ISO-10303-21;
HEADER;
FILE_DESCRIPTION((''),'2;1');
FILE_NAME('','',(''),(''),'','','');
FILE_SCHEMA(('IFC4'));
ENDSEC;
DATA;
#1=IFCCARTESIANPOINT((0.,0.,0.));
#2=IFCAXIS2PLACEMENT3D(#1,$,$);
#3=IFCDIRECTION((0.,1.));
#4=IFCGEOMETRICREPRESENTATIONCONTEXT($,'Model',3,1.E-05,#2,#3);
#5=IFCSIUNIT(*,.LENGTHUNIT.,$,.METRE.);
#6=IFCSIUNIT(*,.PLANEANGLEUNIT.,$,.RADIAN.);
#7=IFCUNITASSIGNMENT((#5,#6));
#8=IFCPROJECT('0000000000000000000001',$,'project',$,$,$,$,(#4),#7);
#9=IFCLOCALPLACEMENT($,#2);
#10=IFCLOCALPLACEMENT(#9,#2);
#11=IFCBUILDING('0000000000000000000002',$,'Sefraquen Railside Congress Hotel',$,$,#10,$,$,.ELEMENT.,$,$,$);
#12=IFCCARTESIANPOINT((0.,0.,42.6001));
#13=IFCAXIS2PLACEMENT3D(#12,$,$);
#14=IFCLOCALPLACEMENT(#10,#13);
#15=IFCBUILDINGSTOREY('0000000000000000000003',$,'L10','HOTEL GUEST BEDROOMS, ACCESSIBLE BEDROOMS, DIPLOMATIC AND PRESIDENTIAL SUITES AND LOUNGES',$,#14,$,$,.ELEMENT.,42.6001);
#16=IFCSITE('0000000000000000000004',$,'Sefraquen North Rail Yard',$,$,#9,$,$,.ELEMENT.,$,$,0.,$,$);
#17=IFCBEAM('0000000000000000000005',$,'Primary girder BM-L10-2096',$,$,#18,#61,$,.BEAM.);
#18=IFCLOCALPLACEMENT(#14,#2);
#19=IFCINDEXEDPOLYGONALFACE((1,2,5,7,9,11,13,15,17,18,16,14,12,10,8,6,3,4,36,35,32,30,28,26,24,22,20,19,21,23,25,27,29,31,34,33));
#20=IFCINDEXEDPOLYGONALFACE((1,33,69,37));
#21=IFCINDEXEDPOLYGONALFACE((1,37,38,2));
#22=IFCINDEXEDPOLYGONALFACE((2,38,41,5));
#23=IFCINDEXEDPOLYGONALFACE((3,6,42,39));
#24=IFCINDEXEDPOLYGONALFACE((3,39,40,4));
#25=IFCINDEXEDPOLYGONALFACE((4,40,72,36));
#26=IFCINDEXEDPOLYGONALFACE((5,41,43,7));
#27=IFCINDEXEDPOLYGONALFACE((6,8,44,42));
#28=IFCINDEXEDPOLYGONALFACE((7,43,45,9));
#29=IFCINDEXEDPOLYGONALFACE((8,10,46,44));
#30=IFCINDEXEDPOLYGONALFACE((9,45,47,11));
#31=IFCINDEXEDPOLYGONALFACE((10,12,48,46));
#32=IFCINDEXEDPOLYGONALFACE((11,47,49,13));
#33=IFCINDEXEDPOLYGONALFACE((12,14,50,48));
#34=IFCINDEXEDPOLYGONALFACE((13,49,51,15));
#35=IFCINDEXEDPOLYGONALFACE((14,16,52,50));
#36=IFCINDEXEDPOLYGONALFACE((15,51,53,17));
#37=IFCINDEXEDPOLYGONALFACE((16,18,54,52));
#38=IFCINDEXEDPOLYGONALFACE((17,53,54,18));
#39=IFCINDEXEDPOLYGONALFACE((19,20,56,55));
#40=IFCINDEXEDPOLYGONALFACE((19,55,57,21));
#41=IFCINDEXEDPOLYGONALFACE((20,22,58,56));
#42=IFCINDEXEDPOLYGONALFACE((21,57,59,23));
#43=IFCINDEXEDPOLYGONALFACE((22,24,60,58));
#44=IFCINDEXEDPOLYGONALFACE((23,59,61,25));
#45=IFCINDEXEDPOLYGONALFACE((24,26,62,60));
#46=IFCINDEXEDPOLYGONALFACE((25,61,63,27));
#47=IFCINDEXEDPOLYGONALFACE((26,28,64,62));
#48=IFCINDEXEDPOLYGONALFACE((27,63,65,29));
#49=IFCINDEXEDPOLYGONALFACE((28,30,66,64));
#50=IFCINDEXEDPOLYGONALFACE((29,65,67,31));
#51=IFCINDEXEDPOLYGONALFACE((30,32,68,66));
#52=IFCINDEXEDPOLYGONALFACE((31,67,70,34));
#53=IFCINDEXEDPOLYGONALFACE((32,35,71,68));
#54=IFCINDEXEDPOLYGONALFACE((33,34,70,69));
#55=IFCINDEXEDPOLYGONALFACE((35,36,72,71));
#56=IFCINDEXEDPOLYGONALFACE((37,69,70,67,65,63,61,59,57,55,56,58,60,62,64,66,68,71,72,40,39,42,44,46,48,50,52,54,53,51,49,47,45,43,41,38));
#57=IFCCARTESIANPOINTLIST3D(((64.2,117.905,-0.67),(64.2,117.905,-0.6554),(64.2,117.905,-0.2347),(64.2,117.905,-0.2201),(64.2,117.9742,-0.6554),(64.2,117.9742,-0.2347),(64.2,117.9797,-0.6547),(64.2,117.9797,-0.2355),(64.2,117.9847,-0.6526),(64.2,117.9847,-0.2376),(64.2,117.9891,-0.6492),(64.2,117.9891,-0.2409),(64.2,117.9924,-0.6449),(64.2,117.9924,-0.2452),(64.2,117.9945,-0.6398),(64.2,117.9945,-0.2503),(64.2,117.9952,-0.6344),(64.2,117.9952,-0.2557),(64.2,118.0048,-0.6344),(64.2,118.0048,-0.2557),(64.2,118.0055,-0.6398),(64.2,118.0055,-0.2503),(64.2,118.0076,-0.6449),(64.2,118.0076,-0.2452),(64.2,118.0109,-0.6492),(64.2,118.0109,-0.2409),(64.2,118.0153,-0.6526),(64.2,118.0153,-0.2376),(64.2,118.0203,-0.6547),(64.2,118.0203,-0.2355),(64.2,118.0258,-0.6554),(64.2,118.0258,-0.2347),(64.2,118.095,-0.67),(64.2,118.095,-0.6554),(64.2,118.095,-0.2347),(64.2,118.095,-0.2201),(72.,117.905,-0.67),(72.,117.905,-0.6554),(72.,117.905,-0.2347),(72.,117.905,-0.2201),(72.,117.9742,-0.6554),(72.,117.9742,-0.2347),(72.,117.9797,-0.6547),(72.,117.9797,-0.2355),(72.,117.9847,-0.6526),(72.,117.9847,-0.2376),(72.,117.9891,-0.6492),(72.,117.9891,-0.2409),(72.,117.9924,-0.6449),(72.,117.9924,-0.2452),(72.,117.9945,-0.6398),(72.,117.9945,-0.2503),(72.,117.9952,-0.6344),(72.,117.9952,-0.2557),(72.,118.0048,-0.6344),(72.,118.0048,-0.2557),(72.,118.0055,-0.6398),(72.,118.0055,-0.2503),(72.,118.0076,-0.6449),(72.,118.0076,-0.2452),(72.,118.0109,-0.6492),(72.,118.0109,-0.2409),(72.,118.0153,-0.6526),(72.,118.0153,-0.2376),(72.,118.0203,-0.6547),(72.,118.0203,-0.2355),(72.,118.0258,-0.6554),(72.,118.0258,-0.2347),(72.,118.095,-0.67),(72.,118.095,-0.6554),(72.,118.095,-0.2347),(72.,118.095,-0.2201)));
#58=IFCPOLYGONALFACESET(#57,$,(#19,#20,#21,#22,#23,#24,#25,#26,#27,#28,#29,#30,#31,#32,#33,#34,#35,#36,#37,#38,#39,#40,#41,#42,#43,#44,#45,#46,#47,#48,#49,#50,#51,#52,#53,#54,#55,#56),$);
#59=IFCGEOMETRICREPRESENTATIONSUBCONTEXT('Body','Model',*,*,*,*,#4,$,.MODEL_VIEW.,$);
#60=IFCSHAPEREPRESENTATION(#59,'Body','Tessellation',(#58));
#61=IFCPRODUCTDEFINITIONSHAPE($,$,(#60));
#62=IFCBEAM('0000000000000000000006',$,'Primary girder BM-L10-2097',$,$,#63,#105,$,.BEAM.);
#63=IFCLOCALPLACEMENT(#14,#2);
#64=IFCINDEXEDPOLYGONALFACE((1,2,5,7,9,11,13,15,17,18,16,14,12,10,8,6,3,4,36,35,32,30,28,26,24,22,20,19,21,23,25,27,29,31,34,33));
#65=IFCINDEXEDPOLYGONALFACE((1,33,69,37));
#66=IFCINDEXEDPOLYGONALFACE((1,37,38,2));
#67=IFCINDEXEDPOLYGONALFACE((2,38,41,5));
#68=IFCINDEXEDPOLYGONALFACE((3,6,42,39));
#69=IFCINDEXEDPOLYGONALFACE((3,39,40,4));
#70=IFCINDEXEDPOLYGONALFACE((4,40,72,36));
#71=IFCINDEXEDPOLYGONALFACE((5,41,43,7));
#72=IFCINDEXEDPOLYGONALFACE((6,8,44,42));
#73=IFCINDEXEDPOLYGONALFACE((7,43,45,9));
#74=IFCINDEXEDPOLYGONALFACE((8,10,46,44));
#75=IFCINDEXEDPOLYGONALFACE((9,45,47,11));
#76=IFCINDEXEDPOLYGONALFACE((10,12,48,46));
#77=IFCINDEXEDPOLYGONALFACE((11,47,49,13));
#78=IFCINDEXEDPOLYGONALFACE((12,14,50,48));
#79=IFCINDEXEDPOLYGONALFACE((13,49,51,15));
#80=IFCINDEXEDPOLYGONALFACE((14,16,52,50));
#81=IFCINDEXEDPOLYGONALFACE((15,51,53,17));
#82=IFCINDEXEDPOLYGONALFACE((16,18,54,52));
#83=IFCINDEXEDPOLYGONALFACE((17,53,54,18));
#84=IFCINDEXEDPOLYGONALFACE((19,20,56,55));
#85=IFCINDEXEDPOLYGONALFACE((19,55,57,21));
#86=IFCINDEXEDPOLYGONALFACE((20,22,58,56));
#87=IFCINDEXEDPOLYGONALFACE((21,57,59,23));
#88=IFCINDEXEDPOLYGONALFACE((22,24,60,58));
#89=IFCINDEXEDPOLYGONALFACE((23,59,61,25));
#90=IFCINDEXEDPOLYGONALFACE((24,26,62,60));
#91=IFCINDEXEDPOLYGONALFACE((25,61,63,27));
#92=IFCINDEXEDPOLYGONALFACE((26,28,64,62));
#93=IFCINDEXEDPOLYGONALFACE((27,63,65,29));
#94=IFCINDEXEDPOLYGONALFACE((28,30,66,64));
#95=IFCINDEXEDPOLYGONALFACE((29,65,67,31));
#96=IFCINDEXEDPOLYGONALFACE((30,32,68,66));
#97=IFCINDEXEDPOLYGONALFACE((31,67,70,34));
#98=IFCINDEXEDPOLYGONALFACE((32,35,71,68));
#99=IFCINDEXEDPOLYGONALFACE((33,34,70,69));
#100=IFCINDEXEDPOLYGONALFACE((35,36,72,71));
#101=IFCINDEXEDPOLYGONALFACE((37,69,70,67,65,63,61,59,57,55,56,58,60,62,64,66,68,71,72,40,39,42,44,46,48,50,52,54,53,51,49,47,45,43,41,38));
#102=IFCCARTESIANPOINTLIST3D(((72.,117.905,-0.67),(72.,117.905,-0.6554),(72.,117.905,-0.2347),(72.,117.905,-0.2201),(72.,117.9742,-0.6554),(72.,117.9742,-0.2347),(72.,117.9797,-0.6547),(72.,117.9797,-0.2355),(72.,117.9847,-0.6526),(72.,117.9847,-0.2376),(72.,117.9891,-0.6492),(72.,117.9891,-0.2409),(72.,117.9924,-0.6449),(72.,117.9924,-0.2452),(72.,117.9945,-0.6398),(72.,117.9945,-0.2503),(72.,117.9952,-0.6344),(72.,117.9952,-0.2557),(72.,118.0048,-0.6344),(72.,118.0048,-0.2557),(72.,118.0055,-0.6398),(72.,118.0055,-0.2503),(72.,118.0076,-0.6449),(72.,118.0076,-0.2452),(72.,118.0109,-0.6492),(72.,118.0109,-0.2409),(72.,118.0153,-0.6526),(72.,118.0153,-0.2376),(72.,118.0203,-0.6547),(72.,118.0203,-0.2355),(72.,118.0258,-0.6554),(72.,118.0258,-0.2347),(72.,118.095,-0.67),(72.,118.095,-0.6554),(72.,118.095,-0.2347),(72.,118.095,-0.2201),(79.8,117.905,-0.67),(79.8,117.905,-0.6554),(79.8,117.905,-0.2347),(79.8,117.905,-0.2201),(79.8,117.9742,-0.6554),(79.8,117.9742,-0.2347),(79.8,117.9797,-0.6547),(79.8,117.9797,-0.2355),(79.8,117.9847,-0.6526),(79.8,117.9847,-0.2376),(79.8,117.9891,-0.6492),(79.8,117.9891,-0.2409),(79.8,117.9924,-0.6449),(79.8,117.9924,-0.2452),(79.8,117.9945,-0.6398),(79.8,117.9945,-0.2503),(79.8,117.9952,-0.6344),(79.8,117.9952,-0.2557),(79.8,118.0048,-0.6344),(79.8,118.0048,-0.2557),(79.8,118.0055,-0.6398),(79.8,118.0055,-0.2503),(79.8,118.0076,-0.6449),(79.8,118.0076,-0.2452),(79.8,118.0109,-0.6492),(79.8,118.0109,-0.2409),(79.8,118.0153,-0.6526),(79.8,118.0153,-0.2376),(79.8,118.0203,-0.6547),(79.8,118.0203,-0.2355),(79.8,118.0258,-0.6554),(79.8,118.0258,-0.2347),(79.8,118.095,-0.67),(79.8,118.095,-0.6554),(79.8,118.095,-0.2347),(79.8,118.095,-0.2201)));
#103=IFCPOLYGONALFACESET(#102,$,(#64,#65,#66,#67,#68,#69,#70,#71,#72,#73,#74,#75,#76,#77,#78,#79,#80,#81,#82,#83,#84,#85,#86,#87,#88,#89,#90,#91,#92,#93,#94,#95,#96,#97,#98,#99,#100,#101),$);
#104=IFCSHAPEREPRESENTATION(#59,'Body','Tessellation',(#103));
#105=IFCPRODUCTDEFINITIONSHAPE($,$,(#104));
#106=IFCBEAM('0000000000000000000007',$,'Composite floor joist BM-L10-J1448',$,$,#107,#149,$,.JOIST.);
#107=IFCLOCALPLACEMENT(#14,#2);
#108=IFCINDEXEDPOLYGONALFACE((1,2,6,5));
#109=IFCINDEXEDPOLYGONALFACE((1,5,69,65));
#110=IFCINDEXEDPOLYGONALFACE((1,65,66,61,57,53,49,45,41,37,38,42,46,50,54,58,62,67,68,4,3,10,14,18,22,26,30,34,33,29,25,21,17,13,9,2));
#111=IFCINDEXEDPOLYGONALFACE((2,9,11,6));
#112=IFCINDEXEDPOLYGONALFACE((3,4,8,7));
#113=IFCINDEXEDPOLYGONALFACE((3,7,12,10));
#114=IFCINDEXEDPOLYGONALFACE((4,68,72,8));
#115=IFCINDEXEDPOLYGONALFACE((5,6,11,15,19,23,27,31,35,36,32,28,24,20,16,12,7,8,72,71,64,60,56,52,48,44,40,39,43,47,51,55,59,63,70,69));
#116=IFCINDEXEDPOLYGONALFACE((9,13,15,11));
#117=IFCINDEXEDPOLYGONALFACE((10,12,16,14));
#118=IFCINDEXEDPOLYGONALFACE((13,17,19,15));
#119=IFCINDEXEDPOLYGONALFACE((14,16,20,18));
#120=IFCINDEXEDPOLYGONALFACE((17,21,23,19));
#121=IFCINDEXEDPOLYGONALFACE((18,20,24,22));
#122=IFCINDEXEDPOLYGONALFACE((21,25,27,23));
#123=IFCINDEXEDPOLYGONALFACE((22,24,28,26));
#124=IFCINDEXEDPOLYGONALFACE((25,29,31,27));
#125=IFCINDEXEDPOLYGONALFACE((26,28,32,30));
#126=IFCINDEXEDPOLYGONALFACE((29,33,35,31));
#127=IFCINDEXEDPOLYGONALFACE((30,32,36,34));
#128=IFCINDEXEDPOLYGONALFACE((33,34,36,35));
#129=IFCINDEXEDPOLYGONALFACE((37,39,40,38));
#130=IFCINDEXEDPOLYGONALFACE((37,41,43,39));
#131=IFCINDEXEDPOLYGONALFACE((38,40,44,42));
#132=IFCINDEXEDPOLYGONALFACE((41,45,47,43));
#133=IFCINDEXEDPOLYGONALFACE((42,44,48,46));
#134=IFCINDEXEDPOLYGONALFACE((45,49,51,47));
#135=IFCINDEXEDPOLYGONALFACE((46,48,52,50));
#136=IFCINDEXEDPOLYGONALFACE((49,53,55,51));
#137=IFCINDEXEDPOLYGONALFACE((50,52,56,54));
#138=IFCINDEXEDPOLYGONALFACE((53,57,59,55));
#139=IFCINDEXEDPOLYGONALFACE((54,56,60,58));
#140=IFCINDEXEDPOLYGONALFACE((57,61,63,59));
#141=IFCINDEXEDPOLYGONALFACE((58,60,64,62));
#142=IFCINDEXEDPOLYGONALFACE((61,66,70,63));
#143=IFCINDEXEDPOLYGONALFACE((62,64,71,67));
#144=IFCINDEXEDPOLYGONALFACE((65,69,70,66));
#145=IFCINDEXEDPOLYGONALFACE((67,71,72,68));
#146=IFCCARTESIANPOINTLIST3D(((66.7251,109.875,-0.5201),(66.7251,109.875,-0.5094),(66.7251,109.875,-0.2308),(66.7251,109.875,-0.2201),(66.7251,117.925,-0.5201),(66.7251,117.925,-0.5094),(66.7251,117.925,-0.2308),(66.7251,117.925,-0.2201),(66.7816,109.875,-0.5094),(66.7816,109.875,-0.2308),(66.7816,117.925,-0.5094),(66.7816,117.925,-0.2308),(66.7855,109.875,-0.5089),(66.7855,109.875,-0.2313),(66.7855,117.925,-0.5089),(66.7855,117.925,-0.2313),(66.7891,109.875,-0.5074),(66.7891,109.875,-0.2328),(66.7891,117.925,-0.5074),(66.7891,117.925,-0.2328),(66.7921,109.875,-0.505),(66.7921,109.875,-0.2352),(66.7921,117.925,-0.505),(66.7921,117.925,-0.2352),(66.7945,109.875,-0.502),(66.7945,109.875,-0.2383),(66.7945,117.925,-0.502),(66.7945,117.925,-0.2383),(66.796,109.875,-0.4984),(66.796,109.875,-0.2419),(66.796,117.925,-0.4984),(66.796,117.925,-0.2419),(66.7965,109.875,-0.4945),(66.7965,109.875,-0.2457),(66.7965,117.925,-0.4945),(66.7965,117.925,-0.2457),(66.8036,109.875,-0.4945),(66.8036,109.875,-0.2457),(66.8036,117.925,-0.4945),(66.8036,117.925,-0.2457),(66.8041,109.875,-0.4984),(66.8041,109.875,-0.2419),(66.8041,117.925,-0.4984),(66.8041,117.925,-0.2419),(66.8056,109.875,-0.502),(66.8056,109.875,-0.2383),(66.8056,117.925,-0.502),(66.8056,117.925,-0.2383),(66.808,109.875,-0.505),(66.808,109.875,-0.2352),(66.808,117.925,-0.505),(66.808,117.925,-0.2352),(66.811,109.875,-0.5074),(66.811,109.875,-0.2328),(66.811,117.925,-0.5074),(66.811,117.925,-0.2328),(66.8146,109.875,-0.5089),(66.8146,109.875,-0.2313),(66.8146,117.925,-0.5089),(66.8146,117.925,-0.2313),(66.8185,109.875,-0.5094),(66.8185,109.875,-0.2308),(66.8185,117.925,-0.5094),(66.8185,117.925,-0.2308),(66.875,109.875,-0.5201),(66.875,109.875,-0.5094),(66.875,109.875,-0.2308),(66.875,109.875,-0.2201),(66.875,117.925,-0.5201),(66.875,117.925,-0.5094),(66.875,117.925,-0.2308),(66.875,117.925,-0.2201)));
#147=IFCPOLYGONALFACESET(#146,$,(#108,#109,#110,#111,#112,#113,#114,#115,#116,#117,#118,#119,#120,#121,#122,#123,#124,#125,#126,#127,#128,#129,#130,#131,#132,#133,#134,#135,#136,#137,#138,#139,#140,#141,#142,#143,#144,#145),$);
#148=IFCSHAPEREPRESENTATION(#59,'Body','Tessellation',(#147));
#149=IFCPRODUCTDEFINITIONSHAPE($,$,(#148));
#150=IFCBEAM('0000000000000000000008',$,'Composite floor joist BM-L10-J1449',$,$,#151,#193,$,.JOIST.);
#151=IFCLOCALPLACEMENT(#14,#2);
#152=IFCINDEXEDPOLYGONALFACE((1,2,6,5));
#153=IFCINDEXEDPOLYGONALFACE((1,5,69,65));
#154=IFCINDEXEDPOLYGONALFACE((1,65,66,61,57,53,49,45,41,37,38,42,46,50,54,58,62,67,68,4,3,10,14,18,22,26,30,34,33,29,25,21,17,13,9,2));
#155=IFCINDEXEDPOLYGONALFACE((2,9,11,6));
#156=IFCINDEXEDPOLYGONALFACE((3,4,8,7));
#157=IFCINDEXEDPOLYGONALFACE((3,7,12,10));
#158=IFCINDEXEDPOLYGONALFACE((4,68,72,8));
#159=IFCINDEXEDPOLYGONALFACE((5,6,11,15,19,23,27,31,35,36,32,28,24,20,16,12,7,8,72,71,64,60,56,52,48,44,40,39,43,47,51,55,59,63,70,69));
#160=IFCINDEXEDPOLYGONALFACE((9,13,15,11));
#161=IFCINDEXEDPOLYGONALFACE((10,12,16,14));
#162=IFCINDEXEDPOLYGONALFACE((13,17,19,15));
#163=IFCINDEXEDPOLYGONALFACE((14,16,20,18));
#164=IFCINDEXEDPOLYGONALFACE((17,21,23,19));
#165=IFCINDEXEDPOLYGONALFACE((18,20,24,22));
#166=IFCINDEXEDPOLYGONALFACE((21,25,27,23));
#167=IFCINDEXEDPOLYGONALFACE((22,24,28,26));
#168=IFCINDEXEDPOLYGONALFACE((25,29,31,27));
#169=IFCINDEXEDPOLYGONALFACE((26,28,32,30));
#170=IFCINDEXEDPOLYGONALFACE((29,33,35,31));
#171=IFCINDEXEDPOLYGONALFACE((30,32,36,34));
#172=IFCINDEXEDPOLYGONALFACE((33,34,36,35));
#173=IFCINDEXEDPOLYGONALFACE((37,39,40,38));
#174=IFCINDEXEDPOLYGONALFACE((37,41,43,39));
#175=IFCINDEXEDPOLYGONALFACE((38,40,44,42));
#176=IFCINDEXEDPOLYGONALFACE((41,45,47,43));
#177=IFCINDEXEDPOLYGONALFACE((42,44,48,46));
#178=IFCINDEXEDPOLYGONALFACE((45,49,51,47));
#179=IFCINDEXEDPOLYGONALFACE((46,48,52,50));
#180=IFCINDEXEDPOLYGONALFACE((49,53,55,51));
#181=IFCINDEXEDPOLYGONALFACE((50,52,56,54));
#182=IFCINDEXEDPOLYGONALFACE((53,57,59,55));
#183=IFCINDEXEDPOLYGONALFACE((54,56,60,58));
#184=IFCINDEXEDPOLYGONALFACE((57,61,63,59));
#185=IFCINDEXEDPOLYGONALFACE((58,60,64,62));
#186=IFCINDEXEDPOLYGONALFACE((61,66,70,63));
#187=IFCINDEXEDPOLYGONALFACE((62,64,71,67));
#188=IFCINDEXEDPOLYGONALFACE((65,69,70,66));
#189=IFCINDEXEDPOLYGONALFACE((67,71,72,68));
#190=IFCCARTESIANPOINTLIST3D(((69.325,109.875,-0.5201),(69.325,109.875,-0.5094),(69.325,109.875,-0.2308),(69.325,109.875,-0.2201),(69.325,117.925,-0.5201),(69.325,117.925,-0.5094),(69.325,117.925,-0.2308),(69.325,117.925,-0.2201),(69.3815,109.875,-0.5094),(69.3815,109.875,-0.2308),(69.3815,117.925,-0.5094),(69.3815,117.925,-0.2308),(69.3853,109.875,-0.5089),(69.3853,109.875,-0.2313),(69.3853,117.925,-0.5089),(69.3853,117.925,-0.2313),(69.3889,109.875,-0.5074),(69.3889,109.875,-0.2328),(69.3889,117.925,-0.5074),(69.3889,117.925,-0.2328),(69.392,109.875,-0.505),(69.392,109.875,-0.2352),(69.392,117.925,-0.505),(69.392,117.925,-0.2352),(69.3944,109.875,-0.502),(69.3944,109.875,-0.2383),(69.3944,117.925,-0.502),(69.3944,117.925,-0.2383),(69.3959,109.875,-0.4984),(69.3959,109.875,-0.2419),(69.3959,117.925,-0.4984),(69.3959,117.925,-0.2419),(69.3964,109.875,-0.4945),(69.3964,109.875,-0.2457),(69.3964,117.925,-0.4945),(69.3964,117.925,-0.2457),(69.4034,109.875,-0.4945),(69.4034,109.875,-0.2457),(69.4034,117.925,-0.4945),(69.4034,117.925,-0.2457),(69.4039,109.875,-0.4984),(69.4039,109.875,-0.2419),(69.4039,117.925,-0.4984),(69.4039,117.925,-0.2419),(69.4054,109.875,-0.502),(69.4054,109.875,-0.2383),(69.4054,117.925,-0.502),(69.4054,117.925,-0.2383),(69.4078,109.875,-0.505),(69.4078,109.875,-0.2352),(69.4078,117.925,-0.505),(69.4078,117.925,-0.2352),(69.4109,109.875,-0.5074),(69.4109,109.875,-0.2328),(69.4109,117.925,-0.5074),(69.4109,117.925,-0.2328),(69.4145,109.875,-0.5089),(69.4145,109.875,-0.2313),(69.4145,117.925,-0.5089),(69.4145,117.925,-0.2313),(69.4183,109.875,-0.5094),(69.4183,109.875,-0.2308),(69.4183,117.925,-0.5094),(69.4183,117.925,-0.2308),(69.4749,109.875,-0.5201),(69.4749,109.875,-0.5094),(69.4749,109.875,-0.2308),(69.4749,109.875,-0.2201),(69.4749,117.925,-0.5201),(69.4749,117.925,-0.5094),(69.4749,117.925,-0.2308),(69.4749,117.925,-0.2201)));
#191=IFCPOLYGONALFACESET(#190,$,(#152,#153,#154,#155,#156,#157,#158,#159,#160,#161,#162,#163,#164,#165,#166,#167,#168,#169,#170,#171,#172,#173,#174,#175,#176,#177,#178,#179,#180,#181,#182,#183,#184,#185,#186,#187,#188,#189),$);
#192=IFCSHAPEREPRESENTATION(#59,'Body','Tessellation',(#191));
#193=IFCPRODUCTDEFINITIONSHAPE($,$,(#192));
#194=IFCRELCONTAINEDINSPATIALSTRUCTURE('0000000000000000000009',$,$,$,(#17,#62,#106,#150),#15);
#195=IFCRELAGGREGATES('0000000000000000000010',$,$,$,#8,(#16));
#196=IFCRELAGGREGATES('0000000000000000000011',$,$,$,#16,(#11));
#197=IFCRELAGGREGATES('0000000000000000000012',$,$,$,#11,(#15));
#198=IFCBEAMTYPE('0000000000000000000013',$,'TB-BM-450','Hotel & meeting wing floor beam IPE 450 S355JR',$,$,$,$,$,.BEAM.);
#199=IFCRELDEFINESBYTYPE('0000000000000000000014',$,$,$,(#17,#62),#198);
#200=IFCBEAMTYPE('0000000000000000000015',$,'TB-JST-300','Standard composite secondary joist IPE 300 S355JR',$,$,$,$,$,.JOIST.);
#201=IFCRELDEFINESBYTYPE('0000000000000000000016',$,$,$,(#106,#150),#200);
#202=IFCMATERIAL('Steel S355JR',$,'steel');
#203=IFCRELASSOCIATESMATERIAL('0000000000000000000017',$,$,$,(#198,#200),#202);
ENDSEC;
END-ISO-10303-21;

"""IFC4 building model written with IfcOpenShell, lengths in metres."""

from ifc_helpers import new_model, si_unit, direction, frame, origin, origin_2d, place, context, subcontext, project, spatial, i_section, extrude, material, material_profile, profile_set, type_object, element, save


model = new_model("IFC4")

# Units and contexts
model_context = context("Model", 3, precision=1e-05, world=origin(), true_north=direction((0.0, 1.0)))
body_context = subcontext(model_context, "Body", "Model", "MODEL_VIEW")
ifc_project = project(units=[si_unit("LENGTHUNIT", "METRE"), si_unit("PLANEANGLEUNIT", "RADIAN")], contexts=[model_context])

# Site, building, storey
site_placement = place(None, origin())
site = spatial("IfcSite", under=ifc_project, at=site_placement, Name="Sefraquen North Rail Yard", CompositionType="ELEMENT", RefElevation=0.0)
building_placement = place(site_placement, origin())
building = spatial("IfcBuilding", under=site, at=building_placement, Name="Sefraquen Railside Congress Hotel", CompositionType="ELEMENT")
storey_placement = place(building_placement, frame((0.0, 0.0, 42.6001)))
storey = spatial("IfcBuildingStorey", under=building, at=storey_placement, Name="L10", Description="HOTEL GUEST BEDROOMS, ACCESSIBLE BEDROOMS, DIPLOMATIC AND PRESIDENTIAL SUITES AND LOUNGES", CompositionType="ELEMENT", Elevation=42.6001)

# Shared definitions
ifc_material_1 = material(Name="Steel S355JR", Category="steel")

# Beams
ifc_material_profile_1 = material_profile(ifc_material_1, i_section(OverallWidth=0.1899, OverallDepth=0.45, WebThickness=0.0095, FlangeThickness=0.0146, FilletRadius=0.021, at=origin_2d()), Name="IPE 450")
ifc_profile_set_1 = profile_set([ifc_material_profile_1], Name="Steel S355JR")
beam_type_1 = type_object("IfcBeamType", Name="TB-BM-450", Description="Hotel & meeting wing floor beam IPE 450 S355JR", PredefinedType="BEAM", material=ifc_profile_set_1)
for number, where, z_axis, x_axis, name in (
    (1, (64.2, 118.0, -0.4451), (1.0, 0.0, 0.0), (0.0, 1.0, 0.0), "Primary girder BM-L10-2096"),
    (2, (72.0, 118.0, -0.4451), (1.0, 0.0, 0.0), (0.0, 1.0, 0.0), "Primary girder BM-L10-2097"),
):
    element("IfcBeam", number, at=place(storey_placement, frame(where, z_axis=z_axis, x_axis=x_axis)), inside=storey, type_object=beam_type_1, Name=name, PredefinedType="BEAM", context=body_context, shape_type="SweptSolid", body=[
        extrude(i_section(OverallWidth=0.1899, OverallDepth=0.45, WebThickness=0.0095, FlangeThickness=0.0146, FilletRadius=0.021, at=origin_2d()), origin(), (0.0, 0.0, 1.0), 7.8),
    ])
ifc_material_profile_2 = material_profile(ifc_material_1, i_section(OverallWidth=0.1499, OverallDepth=0.3, WebThickness=0.0071, FlangeThickness=0.0107, FilletRadius=0.0149, at=origin_2d()), Name="IPE 300")
ifc_profile_set_2 = profile_set([ifc_material_profile_2], Name="Steel S355JR")
beam_type_2 = type_object("IfcBeamType", Name="TB-JST-300", Description="Standard composite secondary joist IPE 300 S355JR", PredefinedType="JOIST", material=ifc_profile_set_2)
for number, where, z_axis, x_axis, name in (
    (3, (66.8, 109.875, -0.3701), (0.0, 1.0, 0.0), (-1.0, 0.0, 0.0), "Composite floor joist BM-L10-J1448"),
    (4, (69.3999, 109.875, -0.3701), (0.0, 1.0, 0.0), (-1.0, 0.0, 0.0), "Composite floor joist BM-L10-J1449"),
):
    element("IfcBeam", number, at=place(storey_placement, frame(where, z_axis=z_axis, x_axis=x_axis)), inside=storey, type_object=beam_type_2, Name=name, PredefinedType="JOIST", context=body_context, shape_type="SweptSolid", body=[
        extrude(i_section(OverallWidth=0.1499, OverallDepth=0.3, WebThickness=0.0071, FlangeThickness=0.0107, FilletRadius=0.0149, at=origin_2d()), origin(), (0.0, 0.0, 1.0), 8.05),
    ])

save(model, "model.ifc")
